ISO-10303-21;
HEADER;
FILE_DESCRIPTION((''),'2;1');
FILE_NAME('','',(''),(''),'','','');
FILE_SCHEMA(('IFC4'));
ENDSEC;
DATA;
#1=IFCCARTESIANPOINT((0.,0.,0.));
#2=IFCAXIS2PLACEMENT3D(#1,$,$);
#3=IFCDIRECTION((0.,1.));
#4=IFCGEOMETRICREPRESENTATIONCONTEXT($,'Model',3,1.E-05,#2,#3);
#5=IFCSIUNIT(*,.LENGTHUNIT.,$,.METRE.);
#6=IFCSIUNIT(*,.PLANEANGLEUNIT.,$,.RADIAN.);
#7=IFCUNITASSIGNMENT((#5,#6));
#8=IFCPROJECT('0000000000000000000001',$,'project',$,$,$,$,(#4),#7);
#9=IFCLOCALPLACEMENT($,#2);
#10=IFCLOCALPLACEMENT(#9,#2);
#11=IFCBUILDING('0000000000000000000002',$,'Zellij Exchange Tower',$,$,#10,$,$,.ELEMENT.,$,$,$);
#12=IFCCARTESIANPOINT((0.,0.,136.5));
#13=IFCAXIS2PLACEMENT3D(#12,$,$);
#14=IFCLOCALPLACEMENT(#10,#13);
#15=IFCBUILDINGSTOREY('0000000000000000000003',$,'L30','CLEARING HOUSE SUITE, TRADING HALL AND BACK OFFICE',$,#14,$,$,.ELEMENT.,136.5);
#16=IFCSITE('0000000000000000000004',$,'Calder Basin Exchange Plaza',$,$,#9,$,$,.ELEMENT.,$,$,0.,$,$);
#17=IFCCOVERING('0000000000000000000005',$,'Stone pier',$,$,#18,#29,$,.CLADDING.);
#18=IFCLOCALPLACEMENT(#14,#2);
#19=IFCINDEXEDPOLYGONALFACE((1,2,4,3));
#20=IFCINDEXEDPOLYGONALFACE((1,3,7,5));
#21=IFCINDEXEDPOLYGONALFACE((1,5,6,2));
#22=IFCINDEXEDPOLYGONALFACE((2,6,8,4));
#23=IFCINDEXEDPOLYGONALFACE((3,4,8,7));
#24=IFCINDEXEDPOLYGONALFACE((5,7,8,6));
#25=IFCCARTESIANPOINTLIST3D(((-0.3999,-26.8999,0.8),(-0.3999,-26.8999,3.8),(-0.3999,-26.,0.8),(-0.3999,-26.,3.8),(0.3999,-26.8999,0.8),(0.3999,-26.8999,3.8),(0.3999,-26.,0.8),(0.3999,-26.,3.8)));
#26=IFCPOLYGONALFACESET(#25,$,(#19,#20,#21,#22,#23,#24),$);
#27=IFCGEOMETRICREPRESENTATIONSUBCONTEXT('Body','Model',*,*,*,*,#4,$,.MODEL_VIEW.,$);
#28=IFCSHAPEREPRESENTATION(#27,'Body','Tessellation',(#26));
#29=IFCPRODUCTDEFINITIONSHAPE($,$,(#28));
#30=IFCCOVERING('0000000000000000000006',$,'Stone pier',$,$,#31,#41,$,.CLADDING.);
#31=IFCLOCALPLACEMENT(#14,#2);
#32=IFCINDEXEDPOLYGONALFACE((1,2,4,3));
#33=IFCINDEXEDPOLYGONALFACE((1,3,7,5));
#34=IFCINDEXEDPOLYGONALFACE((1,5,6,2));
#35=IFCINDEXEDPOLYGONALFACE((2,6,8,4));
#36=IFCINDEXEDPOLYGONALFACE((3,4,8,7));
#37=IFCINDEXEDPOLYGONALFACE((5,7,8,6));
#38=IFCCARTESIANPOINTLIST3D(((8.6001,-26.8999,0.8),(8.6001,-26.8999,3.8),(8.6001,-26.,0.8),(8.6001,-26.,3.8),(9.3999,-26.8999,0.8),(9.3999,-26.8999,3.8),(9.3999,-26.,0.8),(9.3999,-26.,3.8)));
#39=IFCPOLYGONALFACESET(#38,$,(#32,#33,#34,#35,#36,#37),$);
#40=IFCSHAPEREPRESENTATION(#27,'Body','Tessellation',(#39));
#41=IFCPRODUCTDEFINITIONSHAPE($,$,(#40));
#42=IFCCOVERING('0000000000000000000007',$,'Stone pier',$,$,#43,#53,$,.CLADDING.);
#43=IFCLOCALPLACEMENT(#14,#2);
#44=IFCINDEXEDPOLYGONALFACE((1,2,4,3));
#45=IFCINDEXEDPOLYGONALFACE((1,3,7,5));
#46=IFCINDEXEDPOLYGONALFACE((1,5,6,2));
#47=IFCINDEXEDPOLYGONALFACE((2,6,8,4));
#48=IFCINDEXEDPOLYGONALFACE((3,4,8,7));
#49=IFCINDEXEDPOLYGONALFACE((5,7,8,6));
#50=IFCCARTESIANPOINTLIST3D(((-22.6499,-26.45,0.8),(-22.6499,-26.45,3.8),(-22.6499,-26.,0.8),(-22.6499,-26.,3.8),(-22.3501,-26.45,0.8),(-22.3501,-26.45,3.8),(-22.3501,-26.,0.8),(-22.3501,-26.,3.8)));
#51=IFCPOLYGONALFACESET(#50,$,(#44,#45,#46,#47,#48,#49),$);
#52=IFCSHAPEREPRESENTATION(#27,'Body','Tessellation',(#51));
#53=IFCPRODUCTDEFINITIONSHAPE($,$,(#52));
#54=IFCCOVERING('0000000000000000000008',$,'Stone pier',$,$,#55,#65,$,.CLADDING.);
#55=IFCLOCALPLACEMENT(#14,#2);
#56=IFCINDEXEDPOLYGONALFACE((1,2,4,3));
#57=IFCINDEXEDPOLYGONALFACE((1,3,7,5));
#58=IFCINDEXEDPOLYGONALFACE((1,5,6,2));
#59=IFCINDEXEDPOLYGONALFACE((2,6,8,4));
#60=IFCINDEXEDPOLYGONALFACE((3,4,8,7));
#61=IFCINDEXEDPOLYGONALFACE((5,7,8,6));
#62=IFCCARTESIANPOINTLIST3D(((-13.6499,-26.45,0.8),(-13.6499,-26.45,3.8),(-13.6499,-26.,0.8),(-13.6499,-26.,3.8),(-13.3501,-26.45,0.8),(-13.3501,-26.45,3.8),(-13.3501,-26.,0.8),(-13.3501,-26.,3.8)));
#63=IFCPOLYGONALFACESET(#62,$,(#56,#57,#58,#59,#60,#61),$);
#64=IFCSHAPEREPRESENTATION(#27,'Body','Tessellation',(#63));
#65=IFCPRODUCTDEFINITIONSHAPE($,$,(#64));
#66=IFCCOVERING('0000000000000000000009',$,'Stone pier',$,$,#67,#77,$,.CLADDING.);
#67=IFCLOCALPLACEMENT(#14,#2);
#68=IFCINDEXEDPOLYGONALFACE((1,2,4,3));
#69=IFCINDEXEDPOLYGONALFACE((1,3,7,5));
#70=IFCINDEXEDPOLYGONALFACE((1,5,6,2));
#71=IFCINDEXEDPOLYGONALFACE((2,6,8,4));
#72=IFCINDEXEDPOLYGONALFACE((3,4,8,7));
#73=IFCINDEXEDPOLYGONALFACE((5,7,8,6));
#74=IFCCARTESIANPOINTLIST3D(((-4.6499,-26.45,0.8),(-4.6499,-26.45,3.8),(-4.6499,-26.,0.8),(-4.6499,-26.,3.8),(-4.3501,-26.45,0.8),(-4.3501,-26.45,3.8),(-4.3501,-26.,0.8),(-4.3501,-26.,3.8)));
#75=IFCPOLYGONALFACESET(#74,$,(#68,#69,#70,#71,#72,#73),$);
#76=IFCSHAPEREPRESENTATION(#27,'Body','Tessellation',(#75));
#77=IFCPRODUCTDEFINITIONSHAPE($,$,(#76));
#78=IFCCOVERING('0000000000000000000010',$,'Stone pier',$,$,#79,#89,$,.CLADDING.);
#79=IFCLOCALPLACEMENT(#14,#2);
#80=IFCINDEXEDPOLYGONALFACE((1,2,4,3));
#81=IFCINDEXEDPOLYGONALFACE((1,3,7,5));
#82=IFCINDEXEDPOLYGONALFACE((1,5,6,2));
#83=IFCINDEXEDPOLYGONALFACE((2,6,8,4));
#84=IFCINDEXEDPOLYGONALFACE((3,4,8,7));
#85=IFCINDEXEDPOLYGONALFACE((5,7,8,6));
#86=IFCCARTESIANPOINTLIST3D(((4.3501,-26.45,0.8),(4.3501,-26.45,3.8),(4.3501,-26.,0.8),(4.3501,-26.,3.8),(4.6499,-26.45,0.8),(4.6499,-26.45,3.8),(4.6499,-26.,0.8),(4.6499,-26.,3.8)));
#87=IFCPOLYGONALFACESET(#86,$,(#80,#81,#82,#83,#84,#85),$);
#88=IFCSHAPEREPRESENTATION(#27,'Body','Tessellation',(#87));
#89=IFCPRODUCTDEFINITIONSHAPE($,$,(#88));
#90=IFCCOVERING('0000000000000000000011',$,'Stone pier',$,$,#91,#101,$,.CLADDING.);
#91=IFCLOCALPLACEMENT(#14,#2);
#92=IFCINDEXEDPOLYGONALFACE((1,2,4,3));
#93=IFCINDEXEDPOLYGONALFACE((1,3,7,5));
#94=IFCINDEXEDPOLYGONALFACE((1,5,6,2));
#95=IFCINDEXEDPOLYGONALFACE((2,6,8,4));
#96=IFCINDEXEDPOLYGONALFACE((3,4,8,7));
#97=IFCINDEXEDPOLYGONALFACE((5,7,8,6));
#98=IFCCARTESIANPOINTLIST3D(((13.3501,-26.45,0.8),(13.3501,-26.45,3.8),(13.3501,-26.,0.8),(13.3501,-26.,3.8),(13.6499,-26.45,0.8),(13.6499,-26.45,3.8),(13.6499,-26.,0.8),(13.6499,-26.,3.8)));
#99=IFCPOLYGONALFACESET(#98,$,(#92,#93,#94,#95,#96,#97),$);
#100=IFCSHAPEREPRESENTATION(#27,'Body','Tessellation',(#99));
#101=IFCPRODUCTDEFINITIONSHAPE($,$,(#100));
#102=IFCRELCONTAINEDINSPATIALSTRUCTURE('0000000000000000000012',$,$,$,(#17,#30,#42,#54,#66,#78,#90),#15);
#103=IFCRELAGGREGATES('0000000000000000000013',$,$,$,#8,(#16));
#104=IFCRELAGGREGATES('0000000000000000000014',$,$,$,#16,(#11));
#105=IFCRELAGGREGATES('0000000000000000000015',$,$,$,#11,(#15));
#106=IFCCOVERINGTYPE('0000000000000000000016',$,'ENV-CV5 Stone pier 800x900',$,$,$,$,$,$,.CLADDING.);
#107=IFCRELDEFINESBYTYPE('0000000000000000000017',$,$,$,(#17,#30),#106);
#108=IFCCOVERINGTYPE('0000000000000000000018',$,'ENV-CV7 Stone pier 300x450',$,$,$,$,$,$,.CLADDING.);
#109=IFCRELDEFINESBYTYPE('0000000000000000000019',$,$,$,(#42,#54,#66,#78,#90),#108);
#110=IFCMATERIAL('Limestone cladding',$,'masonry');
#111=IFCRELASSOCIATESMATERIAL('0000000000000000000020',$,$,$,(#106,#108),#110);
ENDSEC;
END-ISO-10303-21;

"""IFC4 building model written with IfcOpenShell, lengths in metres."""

from ifc_helpers import new_model, si_unit, direction, frame, origin, place, context, subcontext, project, spatial, polyline, outline, extrude, material, type_object, element, save


model = new_model("IFC4")

# Units and contexts
model_context = context("Model", 3, precision=1e-05, world=origin(), true_north=direction((0.0, 1.0)))
body_context = subcontext(model_context, "Body", "Model", "MODEL_VIEW")
ifc_project = project(units=[si_unit("LENGTHUNIT", "METRE"), si_unit("PLANEANGLEUNIT", "RADIAN")], contexts=[model_context])

# Site, building, storey
site_placement = place(None, origin())
site = spatial("IfcSite", under=ifc_project, at=site_placement, Name="Calder Basin Exchange Plaza", CompositionType="ELEMENT", RefElevation=0.0)
building_placement = place(site_placement, origin())
building = spatial("IfcBuilding", under=site, at=building_placement, Name="Zellij Exchange Tower", CompositionType="ELEMENT")
storey_placement = place(building_placement, frame((0.0, 0.0, 136.5)))
storey = spatial("IfcBuildingStorey", under=building, at=storey_placement, Name="L30", Description="CLEARING HOUSE SUITE, TRADING HALL AND BACK OFFICE", CompositionType="ELEMENT", Elevation=136.5)

# Coverings
ifc_material_1 = material(Name="Limestone cladding", Category="masonry")
covering_type_1 = type_object("IfcCoveringType", Name="ENV-CV5 Stone pier 800x900", PredefinedType="CLADDING", material=ifc_material_1)
covering_1_placement = place(storey_placement, frame((0.0, 0.0, 0.8)))
element("IfcCovering", 1, at=covering_1_placement, inside=storey, type_object=covering_type_1, Name="Stone pier", PredefinedType="CLADDING", context=body_context, shape_type="SweptSolid", body=[
    extrude(outline(polyline([(-0.3999, -26.0), (0.3999, -26.0), (0.3999, -26.8999), (-0.3999, -26.8999), (-0.3999, -26.0)])), origin(), (0.0, 0.0, 1.0), 3.0),
])
covering_2_placement = place(storey_placement, frame((0.0, 0.0, 0.8)))
element("IfcCovering", 2, at=covering_2_placement, inside=storey, type_object=covering_type_1, Name="Stone pier", PredefinedType="CLADDING", context=body_context, shape_type="SweptSolid", body=[
    extrude(outline(polyline([(8.6001, -26.0), (9.3999, -26.0), (9.3999, -26.8999), (8.6001, -26.8999), (8.6001, -26.0)])), origin(), (0.0, 0.0, 1.0), 3.0),
])
covering_type_2 = type_object("IfcCoveringType", Name="ENV-CV7 Stone pier 300x450", PredefinedType="CLADDING", material=ifc_material_1)
covering_3_placement = place(storey_placement, frame((0.0, 0.0, 0.8)))
element("IfcCovering", 3, at=covering_3_placement, inside=storey, type_object=covering_type_2, Name="Stone pier", PredefinedType="CLADDING", context=body_context, shape_type="SweptSolid", body=[
    extrude(outline(polyline([(-22.6499, -26.0), (-22.3501, -26.0), (-22.3501, -26.45), (-22.6499, -26.45), (-22.6499, -26.0)])), origin(), (0.0, 0.0, 1.0), 3.0),
])
covering_4_placement = place(storey_placement, frame((0.0, 0.0, 0.8)))
element("IfcCovering", 4, at=covering_4_placement, inside=storey, type_object=covering_type_2, Name="Stone pier", PredefinedType="CLADDING", context=body_context, shape_type="SweptSolid", body=[
    extrude(outline(polyline([(-13.6499, -26.0), (-13.3501, -26.0), (-13.3501, -26.45), (-13.6499, -26.45), (-13.6499, -26.0)])), origin(), (0.0, 0.0, 1.0), 3.0),
])
covering_5_placement = place(storey_placement, frame((0.0, 0.0, 0.8)))
element("IfcCovering", 5, at=covering_5_placement, inside=storey, type_object=covering_type_2, Name="Stone pier", PredefinedType="CLADDING", context=body_context, shape_type="SweptSolid", body=[
    extrude(outline(polyline([(-4.6499, -26.0), (-4.3501, -26.0), (-4.3501, -26.45), (-4.6499, -26.45), (-4.6499, -26.0)])), origin(), (0.0, 0.0, 1.0), 3.0),
])
covering_6_placement = place(storey_placement, frame((0.0, 0.0, 0.8)))
element("IfcCovering", 6, at=covering_6_placement, inside=storey, type_object=covering_type_2, Name="Stone pier", PredefinedType="CLADDING", context=body_context, shape_type="SweptSolid", body=[
    extrude(outline(polyline([(4.3501, -26.0), (4.6499, -26.0), (4.6499, -26.45), (4.3501, -26.45), (4.3501, -26.0)])), origin(), (0.0, 0.0, 1.0), 3.0),
])
covering_7_placement = place(storey_placement, frame((0.0, 0.0, 0.8)))
element("IfcCovering", 7, at=covering_7_placement, inside=storey, type_object=covering_type_2, Name="Stone pier", PredefinedType="CLADDING", context=body_context, shape_type="SweptSolid", body=[
    extrude(outline(polyline([(13.3501, -26.0), (13.6499, -26.0), (13.6499, -26.45), (13.3501, -26.45), (13.3501, -26.0)])), origin(), (0.0, 0.0, 1.0), 3.0),
])

save(model, "model.ifc")
